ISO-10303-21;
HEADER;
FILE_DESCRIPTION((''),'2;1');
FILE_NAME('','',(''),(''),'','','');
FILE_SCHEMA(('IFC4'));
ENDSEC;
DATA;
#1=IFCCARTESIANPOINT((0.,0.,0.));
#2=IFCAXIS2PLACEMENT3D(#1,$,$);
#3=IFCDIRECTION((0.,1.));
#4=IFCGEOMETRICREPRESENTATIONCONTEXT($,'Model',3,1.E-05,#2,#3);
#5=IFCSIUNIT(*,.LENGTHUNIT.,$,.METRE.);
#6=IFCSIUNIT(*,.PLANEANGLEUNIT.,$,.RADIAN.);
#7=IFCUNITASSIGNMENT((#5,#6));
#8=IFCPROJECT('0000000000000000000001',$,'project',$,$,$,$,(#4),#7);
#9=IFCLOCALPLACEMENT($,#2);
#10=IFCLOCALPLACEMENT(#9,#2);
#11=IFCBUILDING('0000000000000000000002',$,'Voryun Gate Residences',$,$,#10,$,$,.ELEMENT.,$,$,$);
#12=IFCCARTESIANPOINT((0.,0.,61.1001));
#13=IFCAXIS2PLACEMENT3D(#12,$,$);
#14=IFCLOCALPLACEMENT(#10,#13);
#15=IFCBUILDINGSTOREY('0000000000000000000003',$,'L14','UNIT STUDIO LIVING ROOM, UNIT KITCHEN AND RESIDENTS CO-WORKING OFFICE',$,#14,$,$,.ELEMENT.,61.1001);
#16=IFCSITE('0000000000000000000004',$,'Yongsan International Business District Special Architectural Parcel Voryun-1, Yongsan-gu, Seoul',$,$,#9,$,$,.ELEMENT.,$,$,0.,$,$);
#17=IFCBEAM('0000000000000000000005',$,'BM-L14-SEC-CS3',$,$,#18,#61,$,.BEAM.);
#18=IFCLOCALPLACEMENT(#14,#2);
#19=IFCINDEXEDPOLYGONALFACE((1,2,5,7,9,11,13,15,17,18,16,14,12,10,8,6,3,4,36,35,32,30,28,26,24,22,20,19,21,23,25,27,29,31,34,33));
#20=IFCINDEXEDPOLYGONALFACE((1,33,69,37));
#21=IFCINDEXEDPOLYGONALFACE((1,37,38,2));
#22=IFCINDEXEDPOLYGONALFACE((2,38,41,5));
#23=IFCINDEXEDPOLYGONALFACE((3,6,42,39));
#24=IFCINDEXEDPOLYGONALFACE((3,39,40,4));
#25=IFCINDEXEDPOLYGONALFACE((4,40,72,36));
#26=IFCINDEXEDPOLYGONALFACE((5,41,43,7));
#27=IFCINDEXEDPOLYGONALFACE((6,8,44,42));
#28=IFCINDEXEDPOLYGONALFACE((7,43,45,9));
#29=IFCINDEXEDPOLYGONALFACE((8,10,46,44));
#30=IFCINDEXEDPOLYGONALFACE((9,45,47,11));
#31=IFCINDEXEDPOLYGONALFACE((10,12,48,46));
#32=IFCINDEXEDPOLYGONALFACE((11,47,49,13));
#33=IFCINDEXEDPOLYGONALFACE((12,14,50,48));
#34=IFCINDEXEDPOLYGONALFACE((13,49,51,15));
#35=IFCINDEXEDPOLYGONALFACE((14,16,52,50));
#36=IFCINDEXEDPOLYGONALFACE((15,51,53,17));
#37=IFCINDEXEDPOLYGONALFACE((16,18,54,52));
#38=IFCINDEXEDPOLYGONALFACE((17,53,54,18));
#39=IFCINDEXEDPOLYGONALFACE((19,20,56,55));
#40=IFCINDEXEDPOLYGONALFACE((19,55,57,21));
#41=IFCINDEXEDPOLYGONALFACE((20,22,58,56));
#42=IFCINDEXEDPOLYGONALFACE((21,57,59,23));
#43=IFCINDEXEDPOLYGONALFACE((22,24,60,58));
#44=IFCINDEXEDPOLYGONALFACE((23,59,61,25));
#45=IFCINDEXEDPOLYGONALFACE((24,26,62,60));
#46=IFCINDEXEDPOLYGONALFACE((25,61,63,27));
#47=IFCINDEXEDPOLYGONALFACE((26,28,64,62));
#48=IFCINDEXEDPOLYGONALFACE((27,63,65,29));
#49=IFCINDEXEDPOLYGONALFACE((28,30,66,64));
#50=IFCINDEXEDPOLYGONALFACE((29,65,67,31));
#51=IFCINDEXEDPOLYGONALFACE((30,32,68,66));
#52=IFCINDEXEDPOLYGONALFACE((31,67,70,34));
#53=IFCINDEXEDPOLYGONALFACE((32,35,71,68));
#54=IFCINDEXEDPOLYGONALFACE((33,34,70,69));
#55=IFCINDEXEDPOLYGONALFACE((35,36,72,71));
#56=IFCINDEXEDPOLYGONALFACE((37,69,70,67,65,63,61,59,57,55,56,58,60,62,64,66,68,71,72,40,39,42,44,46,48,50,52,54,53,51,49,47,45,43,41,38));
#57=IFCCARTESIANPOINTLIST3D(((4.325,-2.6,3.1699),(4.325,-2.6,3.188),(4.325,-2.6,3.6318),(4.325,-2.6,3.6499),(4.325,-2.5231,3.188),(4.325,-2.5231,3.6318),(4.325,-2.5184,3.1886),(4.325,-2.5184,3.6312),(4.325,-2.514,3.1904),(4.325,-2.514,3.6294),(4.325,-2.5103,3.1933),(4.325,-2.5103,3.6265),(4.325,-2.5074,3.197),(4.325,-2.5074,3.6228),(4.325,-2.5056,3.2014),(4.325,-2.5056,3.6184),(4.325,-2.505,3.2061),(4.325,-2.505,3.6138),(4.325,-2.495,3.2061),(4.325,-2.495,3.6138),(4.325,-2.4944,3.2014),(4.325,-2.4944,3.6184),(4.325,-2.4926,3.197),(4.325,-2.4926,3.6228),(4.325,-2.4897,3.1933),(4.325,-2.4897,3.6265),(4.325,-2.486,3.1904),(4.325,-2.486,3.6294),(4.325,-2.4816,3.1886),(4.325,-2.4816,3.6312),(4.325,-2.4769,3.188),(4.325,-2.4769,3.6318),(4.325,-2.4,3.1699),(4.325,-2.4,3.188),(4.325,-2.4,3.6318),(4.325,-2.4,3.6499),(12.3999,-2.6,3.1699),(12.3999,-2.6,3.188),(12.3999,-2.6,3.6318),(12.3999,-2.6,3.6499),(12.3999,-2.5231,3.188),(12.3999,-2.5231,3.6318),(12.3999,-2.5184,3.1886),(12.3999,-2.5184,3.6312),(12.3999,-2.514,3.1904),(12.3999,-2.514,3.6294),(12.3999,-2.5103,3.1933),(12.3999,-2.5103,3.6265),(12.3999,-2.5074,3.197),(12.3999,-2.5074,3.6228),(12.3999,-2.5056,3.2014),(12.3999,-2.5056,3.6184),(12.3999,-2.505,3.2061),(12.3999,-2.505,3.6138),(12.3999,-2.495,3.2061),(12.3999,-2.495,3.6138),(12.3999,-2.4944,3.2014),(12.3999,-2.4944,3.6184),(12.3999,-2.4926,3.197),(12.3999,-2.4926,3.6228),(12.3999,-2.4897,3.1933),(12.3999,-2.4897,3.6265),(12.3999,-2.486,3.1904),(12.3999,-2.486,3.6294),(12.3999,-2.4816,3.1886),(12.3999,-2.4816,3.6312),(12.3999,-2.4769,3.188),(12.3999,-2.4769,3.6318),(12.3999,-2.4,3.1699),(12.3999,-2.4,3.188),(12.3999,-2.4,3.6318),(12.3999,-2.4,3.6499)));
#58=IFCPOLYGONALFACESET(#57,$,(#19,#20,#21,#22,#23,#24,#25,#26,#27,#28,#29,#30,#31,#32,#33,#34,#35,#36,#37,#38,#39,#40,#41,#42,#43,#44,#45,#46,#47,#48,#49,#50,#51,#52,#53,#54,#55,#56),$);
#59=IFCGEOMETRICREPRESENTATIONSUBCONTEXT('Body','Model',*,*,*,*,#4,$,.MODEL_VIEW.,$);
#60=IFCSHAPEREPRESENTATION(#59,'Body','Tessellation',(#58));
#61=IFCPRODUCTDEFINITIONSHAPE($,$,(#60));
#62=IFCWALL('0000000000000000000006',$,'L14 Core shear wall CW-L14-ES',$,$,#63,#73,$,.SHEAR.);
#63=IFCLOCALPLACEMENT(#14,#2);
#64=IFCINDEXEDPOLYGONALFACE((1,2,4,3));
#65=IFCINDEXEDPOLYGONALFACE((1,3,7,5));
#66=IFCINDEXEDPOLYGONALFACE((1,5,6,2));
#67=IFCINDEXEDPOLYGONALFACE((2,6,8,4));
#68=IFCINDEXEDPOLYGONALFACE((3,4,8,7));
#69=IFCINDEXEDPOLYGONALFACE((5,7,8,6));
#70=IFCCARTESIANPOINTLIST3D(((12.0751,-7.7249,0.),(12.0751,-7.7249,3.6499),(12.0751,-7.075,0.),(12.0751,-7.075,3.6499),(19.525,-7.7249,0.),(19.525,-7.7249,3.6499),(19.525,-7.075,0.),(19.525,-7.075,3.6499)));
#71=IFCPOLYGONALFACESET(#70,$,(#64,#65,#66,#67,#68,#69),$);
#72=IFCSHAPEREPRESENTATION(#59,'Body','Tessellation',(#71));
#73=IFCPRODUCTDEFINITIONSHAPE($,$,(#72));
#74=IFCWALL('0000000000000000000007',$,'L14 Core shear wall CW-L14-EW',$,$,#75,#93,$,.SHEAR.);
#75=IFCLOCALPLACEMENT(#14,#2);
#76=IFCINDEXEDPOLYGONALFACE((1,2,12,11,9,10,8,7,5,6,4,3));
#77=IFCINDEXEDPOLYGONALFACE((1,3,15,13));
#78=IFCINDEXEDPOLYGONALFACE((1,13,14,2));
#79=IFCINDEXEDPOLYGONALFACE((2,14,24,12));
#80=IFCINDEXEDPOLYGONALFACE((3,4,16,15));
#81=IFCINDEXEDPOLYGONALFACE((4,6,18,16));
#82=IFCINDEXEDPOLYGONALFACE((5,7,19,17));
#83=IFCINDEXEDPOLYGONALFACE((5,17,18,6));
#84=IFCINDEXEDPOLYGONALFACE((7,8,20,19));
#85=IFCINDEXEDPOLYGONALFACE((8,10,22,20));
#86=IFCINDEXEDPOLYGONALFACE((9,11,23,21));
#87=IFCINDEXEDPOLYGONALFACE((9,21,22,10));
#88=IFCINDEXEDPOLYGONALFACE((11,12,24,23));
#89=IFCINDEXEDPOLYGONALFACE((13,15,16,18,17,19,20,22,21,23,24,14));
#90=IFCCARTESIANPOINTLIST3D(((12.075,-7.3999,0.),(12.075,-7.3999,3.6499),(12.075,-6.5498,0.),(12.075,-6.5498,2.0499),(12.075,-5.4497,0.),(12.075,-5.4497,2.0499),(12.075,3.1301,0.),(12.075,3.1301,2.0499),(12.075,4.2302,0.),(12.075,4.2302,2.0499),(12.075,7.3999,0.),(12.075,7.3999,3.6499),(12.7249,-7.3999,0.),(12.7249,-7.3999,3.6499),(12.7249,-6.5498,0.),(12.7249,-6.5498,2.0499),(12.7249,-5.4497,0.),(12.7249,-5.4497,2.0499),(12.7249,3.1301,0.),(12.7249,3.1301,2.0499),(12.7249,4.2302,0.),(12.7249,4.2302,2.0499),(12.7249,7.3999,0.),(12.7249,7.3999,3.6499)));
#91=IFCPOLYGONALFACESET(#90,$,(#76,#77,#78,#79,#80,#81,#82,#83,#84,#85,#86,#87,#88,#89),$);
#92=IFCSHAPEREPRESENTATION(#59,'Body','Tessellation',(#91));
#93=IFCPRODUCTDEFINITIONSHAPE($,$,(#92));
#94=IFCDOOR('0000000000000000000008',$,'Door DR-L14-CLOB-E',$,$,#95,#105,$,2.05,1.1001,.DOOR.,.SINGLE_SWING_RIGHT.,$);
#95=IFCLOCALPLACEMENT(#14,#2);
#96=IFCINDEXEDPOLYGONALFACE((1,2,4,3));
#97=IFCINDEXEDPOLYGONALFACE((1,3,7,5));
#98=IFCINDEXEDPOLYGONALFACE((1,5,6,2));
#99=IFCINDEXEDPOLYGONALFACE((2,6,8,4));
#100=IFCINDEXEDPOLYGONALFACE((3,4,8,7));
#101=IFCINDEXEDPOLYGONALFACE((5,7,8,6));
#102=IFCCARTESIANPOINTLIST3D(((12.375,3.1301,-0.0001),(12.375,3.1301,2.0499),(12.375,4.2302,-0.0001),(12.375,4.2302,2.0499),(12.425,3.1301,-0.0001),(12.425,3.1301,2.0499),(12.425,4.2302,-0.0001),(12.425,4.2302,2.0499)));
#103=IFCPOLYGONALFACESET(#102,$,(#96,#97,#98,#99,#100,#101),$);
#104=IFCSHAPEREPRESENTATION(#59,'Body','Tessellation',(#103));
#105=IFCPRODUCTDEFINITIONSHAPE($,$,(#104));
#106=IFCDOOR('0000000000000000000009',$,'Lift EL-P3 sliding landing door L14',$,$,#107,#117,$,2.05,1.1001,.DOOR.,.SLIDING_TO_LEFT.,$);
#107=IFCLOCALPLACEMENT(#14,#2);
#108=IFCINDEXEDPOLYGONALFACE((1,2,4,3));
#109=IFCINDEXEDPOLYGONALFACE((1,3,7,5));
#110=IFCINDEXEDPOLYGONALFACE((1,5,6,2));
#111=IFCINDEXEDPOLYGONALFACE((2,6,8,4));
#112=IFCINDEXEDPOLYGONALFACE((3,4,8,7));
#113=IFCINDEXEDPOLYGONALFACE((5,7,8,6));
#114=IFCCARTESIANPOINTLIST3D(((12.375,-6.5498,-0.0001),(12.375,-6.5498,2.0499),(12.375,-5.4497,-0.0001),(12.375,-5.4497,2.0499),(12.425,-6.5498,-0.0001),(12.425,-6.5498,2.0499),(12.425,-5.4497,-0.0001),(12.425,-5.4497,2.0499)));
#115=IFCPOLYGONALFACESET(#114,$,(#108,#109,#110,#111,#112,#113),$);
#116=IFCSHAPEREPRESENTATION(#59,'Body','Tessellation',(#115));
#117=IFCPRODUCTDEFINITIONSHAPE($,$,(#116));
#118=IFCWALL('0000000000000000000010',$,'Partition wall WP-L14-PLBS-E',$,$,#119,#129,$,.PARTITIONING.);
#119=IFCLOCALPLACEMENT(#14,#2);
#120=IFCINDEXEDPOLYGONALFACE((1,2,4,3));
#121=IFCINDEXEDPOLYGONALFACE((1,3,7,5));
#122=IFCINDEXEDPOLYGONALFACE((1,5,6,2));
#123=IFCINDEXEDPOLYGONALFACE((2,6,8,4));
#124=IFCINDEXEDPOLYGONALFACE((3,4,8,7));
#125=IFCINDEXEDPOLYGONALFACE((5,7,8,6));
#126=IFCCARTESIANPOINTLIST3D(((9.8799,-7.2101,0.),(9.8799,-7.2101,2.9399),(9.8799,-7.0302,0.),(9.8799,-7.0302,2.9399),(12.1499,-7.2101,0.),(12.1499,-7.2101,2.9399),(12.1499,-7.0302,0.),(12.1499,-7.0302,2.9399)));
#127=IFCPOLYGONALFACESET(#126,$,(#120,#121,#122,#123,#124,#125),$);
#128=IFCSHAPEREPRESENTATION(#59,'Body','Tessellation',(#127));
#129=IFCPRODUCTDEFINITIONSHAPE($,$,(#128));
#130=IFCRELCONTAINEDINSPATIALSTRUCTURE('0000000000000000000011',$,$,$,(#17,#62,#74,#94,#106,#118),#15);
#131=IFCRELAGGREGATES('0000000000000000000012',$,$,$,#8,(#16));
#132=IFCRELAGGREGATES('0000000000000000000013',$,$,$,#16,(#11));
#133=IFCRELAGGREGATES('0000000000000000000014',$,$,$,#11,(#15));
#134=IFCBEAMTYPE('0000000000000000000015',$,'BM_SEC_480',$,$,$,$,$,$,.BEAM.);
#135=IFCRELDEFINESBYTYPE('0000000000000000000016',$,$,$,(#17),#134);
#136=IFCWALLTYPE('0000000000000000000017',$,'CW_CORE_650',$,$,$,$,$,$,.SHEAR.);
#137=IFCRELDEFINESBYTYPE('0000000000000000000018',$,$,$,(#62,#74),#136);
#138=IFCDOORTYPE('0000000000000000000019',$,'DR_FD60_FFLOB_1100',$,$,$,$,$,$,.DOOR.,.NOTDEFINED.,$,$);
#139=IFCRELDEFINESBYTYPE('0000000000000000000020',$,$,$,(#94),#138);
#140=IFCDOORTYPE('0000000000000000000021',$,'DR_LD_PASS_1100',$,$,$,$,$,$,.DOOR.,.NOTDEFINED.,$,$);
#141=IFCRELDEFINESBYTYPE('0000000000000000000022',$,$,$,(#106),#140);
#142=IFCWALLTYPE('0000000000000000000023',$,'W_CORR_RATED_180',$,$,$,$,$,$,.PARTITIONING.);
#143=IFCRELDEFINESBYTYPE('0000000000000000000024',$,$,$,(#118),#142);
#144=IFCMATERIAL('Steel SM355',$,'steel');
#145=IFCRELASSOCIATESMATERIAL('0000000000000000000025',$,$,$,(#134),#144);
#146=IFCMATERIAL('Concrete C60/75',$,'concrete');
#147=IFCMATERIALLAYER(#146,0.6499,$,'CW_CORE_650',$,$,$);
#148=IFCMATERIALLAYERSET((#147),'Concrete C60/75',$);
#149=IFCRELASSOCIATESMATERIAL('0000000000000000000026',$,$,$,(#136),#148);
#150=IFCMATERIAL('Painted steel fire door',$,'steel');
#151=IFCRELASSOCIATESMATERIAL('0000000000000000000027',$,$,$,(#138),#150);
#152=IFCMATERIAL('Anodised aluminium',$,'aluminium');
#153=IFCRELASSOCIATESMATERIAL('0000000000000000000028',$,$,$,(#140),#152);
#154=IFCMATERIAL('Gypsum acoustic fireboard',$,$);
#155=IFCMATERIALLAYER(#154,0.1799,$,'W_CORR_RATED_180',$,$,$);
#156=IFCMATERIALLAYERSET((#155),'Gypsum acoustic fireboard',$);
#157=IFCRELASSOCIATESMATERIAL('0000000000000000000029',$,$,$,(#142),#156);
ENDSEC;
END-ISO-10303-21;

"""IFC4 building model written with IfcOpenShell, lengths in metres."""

from ifc_helpers import new_model, si_unit, direction, frame, frame_2d, origin, origin_2d, place, context, subcontext, project, spatial, rectangle, i_section, extrude, material, layer, layer_set, material_profile, profile_set, type_object, element, fill, save


model = new_model("IFC4")

# Units and contexts
model_context = context("Model", 3, precision=1e-05, world=origin(), true_north=direction((0.0, 1.0)))
body_context = subcontext(model_context, "Body", "Model", "MODEL_VIEW")
ifc_project = project(units=[si_unit("LENGTHUNIT", "METRE"), si_unit("PLANEANGLEUNIT", "RADIAN")], contexts=[model_context])

# Site, building, storey
site_placement = place(None, origin())
site = spatial("IfcSite", under=ifc_project, at=site_placement, Name="Yongsan International Business District Special Architectural Parcel Voryun-1, Yongsan-gu, Seoul", CompositionType="ELEMENT", RefElevation=0.0)
building_placement = place(site_placement, origin())
building = spatial("IfcBuilding", under=site, at=building_placement, Name="Voryun Gate Residences", CompositionType="ELEMENT")
storey_placement = place(building_placement, frame((0.0, 0.0, 61.1001)))
storey = spatial("IfcBuildingStorey", under=building, at=storey_placement, Name="L14", Description="UNIT STUDIO LIVING ROOM, UNIT KITCHEN AND RESIDENTS CO-WORKING OFFICE", CompositionType="ELEMENT", Elevation=61.1001)

# Beam
ifc_material_1 = material(Name="Steel SM355", Category="steel")
ifc_material_profile_1 = material_profile(ifc_material_1, i_section(OverallWidth=0.2, OverallDepth=0.48, WebThickness=0.01, FlangeThickness=0.0181, FilletRadius=0.0181, at=origin_2d()), Name="H-480x200x10x18")
ifc_profile_set_1 = profile_set([ifc_material_profile_1], Name="Steel SM355")
beam_type_1 = type_object("IfcBeamType", Name="BM_SEC_480", PredefinedType="BEAM", material=ifc_profile_set_1)
beam_1_placement = place(storey_placement, frame((4.325, -2.5, 3.4099), z_axis=(1.0, 0.0, 0.0), x_axis=(0.0, 1.0, 0.0)))
element("IfcBeam", 1, at=beam_1_placement, inside=storey, type_object=beam_type_1, Name="BM-L14-SEC-CS3", PredefinedType="BEAM", context=body_context, shape_type="SweptSolid", body=[
    extrude(i_section(OverallWidth=0.2, OverallDepth=0.48, WebThickness=0.01, FlangeThickness=0.0181, FilletRadius=0.0181, at=origin_2d()), origin(), (0.0, 0.0, 1.0), 8.075),
])

# Wall
ifc_material_2 = material(Name="Concrete C60/75", Category="concrete")
ifc_layer_1 = layer(ifc_material_2, 0.6499, Name="CW_CORE_650")
ifc_layer_set_1 = layer_set([ifc_layer_1], Name="Concrete C60/75")
wall_type_1 = type_object("IfcWallType", Name="CW_CORE_650", PredefinedType="SHEAR", material=ifc_layer_set_1)
wall_1_placement = place(storey_placement, frame((12.075, -7.3999, 0.0), z_axis=(0.0, 0.0, 1.0), x_axis=(1.0, 0.0, 0.0)))
element("IfcWall", 2, at=wall_1_placement, inside=storey, type_object=wall_type_1, Name="L14 Core shear wall CW-L14-ES", PredefinedType="SHEAR", context=body_context, shape_type="SweptSolid", body=[
    extrude(rectangle(XDim=7.45, YDim=0.6499, at=frame_2d((3.7251, 0.0))), origin(), (0.0, 0.0, 1.0), 3.6499),
])

# Wall, openings, doors
wall_2_placement = place(storey_placement, frame((12.3999, -7.3999, 0.0), z_axis=(0.0, 0.0, 1.0), x_axis=(0.0, 1.0, 0.0)))
wall_2 = element("IfcWall", 3, at=wall_2_placement, inside=storey, type_object=wall_type_1, Name="L14 Core shear wall CW-L14-EW", PredefinedType="SHEAR", context=body_context, shape_type="SweptSolid", body=[
    extrude(rectangle(XDim=14.7998, YDim=0.6499, at=frame_2d((7.3999, 0.0))), origin(), (0.0, 0.0, 1.0), 3.6499),
])
opening_1_placement = place(wall_2_placement, frame((0.8501, 0.0, 0.0)))
opening_1 = element("IfcOpeningElement", 4, at=opening_1_placement, cuts=wall_2, PredefinedType="OPENING", context=body_context, shape_type="SweptSolid", body=[
    extrude(rectangle(XDim=1.1001, YDim=2.05, at=frame_2d((0.55, 1.0249))), frame((0.0, 0.335, 0.0), z_axis=(0.0, -1.0, 0.0), x_axis=(1.0, 0.0, 0.0)), (0.0, 0.0, 1.0), 0.6699),
])
opening_2_placement = place(wall_2_placement, frame((10.53, 0.0, 0.0)))
opening_2 = element("IfcOpeningElement", 5, at=opening_2_placement, cuts=wall_2, PredefinedType="OPENING", context=body_context, shape_type="SweptSolid", body=[
    extrude(rectangle(XDim=1.1001, YDim=2.05, at=frame_2d((0.55, 1.0249))), frame((0.0, 0.335, 0.0), z_axis=(0.0, -1.0, 0.0), x_axis=(1.0, 0.0, 0.0)), (0.0, 0.0, 1.0), 0.6699),
])
ifc_material_3 = material(Name="Painted steel fire door", Category="steel")
door_type_1 = type_object("IfcDoorType", Name="DR_FD60_FFLOB_1100", OperationType="NOTDEFINED", PredefinedType="DOOR", material=ifc_material_3)
door_1_placement = place(opening_2_placement, origin())
door_1 = element("IfcDoor", 6, at=door_1_placement, inside=storey, type_object=door_type_1, Name="Door DR-L14-CLOB-E", OperationType="SINGLE_SWING_RIGHT", OverallHeight=2.05, OverallWidth=1.1001, PredefinedType="DOOR", context=body_context, shape_type="SweptSolid", body=[
    extrude(rectangle(XDim=1.1001, YDim=2.05, at=frame_2d((0.55, 1.0249))), frame((0.0, 0.0249, 0.0), z_axis=(0.0, -1.0, 0.0), x_axis=(1.0, 0.0, 0.0)), (0.0, 0.0, 1.0), 0.05),
])
fill(opening_2, door_1)
ifc_material_4 = material(Name="Anodised aluminium", Category="aluminium")
door_type_2 = type_object("IfcDoorType", Name="DR_LD_PASS_1100", OperationType="NOTDEFINED", PredefinedType="DOOR", material=ifc_material_4)
door_2_placement = place(opening_1_placement, origin())
door_2 = element("IfcDoor", 7, at=door_2_placement, inside=storey, type_object=door_type_2, Name="Lift EL-P3 sliding landing door L14", OperationType="SLIDING_TO_LEFT", OverallHeight=2.05, OverallWidth=1.1001, PredefinedType="DOOR", context=body_context, shape_type="SweptSolid", body=[
    extrude(rectangle(XDim=1.1001, YDim=2.05, at=frame_2d((0.55, 1.0249))), frame((0.0, 0.0249, 0.0), z_axis=(0.0, -1.0, 0.0), x_axis=(1.0, 0.0, 0.0)), (0.0, 0.0, 1.0), 0.05),
])
fill(opening_1, door_2)

# Wall
ifc_material_5 = material(Name="Gypsum acoustic fireboard")
ifc_layer_2 = layer(ifc_material_5, 0.1799, Name="W_CORR_RATED_180")
ifc_layer_set_2 = layer_set([ifc_layer_2], Name="Gypsum acoustic fireboard")
wall_type_2 = type_object("IfcWallType", Name="W_CORR_RATED_180", PredefinedType="PARTITIONING", material=ifc_layer_set_2)
wall_3_placement = place(storey_placement, frame((9.8799, -7.1201, 0.0), z_axis=(0.0, 0.0, 1.0), x_axis=(1.0, 0.0, 0.0)))
element("IfcWall", 8, at=wall_3_placement, inside=storey, type_object=wall_type_2, Name="Partition wall WP-L14-PLBS-E", PredefinedType="PARTITIONING", context=body_context, shape_type="SweptSolid", body=[
    extrude(rectangle(XDim=2.27, YDim=0.1799, at=frame_2d((1.135, 0.0))), origin(), (0.0, 0.0, 1.0), 2.9399),
])

save(model, "model.ifc")
